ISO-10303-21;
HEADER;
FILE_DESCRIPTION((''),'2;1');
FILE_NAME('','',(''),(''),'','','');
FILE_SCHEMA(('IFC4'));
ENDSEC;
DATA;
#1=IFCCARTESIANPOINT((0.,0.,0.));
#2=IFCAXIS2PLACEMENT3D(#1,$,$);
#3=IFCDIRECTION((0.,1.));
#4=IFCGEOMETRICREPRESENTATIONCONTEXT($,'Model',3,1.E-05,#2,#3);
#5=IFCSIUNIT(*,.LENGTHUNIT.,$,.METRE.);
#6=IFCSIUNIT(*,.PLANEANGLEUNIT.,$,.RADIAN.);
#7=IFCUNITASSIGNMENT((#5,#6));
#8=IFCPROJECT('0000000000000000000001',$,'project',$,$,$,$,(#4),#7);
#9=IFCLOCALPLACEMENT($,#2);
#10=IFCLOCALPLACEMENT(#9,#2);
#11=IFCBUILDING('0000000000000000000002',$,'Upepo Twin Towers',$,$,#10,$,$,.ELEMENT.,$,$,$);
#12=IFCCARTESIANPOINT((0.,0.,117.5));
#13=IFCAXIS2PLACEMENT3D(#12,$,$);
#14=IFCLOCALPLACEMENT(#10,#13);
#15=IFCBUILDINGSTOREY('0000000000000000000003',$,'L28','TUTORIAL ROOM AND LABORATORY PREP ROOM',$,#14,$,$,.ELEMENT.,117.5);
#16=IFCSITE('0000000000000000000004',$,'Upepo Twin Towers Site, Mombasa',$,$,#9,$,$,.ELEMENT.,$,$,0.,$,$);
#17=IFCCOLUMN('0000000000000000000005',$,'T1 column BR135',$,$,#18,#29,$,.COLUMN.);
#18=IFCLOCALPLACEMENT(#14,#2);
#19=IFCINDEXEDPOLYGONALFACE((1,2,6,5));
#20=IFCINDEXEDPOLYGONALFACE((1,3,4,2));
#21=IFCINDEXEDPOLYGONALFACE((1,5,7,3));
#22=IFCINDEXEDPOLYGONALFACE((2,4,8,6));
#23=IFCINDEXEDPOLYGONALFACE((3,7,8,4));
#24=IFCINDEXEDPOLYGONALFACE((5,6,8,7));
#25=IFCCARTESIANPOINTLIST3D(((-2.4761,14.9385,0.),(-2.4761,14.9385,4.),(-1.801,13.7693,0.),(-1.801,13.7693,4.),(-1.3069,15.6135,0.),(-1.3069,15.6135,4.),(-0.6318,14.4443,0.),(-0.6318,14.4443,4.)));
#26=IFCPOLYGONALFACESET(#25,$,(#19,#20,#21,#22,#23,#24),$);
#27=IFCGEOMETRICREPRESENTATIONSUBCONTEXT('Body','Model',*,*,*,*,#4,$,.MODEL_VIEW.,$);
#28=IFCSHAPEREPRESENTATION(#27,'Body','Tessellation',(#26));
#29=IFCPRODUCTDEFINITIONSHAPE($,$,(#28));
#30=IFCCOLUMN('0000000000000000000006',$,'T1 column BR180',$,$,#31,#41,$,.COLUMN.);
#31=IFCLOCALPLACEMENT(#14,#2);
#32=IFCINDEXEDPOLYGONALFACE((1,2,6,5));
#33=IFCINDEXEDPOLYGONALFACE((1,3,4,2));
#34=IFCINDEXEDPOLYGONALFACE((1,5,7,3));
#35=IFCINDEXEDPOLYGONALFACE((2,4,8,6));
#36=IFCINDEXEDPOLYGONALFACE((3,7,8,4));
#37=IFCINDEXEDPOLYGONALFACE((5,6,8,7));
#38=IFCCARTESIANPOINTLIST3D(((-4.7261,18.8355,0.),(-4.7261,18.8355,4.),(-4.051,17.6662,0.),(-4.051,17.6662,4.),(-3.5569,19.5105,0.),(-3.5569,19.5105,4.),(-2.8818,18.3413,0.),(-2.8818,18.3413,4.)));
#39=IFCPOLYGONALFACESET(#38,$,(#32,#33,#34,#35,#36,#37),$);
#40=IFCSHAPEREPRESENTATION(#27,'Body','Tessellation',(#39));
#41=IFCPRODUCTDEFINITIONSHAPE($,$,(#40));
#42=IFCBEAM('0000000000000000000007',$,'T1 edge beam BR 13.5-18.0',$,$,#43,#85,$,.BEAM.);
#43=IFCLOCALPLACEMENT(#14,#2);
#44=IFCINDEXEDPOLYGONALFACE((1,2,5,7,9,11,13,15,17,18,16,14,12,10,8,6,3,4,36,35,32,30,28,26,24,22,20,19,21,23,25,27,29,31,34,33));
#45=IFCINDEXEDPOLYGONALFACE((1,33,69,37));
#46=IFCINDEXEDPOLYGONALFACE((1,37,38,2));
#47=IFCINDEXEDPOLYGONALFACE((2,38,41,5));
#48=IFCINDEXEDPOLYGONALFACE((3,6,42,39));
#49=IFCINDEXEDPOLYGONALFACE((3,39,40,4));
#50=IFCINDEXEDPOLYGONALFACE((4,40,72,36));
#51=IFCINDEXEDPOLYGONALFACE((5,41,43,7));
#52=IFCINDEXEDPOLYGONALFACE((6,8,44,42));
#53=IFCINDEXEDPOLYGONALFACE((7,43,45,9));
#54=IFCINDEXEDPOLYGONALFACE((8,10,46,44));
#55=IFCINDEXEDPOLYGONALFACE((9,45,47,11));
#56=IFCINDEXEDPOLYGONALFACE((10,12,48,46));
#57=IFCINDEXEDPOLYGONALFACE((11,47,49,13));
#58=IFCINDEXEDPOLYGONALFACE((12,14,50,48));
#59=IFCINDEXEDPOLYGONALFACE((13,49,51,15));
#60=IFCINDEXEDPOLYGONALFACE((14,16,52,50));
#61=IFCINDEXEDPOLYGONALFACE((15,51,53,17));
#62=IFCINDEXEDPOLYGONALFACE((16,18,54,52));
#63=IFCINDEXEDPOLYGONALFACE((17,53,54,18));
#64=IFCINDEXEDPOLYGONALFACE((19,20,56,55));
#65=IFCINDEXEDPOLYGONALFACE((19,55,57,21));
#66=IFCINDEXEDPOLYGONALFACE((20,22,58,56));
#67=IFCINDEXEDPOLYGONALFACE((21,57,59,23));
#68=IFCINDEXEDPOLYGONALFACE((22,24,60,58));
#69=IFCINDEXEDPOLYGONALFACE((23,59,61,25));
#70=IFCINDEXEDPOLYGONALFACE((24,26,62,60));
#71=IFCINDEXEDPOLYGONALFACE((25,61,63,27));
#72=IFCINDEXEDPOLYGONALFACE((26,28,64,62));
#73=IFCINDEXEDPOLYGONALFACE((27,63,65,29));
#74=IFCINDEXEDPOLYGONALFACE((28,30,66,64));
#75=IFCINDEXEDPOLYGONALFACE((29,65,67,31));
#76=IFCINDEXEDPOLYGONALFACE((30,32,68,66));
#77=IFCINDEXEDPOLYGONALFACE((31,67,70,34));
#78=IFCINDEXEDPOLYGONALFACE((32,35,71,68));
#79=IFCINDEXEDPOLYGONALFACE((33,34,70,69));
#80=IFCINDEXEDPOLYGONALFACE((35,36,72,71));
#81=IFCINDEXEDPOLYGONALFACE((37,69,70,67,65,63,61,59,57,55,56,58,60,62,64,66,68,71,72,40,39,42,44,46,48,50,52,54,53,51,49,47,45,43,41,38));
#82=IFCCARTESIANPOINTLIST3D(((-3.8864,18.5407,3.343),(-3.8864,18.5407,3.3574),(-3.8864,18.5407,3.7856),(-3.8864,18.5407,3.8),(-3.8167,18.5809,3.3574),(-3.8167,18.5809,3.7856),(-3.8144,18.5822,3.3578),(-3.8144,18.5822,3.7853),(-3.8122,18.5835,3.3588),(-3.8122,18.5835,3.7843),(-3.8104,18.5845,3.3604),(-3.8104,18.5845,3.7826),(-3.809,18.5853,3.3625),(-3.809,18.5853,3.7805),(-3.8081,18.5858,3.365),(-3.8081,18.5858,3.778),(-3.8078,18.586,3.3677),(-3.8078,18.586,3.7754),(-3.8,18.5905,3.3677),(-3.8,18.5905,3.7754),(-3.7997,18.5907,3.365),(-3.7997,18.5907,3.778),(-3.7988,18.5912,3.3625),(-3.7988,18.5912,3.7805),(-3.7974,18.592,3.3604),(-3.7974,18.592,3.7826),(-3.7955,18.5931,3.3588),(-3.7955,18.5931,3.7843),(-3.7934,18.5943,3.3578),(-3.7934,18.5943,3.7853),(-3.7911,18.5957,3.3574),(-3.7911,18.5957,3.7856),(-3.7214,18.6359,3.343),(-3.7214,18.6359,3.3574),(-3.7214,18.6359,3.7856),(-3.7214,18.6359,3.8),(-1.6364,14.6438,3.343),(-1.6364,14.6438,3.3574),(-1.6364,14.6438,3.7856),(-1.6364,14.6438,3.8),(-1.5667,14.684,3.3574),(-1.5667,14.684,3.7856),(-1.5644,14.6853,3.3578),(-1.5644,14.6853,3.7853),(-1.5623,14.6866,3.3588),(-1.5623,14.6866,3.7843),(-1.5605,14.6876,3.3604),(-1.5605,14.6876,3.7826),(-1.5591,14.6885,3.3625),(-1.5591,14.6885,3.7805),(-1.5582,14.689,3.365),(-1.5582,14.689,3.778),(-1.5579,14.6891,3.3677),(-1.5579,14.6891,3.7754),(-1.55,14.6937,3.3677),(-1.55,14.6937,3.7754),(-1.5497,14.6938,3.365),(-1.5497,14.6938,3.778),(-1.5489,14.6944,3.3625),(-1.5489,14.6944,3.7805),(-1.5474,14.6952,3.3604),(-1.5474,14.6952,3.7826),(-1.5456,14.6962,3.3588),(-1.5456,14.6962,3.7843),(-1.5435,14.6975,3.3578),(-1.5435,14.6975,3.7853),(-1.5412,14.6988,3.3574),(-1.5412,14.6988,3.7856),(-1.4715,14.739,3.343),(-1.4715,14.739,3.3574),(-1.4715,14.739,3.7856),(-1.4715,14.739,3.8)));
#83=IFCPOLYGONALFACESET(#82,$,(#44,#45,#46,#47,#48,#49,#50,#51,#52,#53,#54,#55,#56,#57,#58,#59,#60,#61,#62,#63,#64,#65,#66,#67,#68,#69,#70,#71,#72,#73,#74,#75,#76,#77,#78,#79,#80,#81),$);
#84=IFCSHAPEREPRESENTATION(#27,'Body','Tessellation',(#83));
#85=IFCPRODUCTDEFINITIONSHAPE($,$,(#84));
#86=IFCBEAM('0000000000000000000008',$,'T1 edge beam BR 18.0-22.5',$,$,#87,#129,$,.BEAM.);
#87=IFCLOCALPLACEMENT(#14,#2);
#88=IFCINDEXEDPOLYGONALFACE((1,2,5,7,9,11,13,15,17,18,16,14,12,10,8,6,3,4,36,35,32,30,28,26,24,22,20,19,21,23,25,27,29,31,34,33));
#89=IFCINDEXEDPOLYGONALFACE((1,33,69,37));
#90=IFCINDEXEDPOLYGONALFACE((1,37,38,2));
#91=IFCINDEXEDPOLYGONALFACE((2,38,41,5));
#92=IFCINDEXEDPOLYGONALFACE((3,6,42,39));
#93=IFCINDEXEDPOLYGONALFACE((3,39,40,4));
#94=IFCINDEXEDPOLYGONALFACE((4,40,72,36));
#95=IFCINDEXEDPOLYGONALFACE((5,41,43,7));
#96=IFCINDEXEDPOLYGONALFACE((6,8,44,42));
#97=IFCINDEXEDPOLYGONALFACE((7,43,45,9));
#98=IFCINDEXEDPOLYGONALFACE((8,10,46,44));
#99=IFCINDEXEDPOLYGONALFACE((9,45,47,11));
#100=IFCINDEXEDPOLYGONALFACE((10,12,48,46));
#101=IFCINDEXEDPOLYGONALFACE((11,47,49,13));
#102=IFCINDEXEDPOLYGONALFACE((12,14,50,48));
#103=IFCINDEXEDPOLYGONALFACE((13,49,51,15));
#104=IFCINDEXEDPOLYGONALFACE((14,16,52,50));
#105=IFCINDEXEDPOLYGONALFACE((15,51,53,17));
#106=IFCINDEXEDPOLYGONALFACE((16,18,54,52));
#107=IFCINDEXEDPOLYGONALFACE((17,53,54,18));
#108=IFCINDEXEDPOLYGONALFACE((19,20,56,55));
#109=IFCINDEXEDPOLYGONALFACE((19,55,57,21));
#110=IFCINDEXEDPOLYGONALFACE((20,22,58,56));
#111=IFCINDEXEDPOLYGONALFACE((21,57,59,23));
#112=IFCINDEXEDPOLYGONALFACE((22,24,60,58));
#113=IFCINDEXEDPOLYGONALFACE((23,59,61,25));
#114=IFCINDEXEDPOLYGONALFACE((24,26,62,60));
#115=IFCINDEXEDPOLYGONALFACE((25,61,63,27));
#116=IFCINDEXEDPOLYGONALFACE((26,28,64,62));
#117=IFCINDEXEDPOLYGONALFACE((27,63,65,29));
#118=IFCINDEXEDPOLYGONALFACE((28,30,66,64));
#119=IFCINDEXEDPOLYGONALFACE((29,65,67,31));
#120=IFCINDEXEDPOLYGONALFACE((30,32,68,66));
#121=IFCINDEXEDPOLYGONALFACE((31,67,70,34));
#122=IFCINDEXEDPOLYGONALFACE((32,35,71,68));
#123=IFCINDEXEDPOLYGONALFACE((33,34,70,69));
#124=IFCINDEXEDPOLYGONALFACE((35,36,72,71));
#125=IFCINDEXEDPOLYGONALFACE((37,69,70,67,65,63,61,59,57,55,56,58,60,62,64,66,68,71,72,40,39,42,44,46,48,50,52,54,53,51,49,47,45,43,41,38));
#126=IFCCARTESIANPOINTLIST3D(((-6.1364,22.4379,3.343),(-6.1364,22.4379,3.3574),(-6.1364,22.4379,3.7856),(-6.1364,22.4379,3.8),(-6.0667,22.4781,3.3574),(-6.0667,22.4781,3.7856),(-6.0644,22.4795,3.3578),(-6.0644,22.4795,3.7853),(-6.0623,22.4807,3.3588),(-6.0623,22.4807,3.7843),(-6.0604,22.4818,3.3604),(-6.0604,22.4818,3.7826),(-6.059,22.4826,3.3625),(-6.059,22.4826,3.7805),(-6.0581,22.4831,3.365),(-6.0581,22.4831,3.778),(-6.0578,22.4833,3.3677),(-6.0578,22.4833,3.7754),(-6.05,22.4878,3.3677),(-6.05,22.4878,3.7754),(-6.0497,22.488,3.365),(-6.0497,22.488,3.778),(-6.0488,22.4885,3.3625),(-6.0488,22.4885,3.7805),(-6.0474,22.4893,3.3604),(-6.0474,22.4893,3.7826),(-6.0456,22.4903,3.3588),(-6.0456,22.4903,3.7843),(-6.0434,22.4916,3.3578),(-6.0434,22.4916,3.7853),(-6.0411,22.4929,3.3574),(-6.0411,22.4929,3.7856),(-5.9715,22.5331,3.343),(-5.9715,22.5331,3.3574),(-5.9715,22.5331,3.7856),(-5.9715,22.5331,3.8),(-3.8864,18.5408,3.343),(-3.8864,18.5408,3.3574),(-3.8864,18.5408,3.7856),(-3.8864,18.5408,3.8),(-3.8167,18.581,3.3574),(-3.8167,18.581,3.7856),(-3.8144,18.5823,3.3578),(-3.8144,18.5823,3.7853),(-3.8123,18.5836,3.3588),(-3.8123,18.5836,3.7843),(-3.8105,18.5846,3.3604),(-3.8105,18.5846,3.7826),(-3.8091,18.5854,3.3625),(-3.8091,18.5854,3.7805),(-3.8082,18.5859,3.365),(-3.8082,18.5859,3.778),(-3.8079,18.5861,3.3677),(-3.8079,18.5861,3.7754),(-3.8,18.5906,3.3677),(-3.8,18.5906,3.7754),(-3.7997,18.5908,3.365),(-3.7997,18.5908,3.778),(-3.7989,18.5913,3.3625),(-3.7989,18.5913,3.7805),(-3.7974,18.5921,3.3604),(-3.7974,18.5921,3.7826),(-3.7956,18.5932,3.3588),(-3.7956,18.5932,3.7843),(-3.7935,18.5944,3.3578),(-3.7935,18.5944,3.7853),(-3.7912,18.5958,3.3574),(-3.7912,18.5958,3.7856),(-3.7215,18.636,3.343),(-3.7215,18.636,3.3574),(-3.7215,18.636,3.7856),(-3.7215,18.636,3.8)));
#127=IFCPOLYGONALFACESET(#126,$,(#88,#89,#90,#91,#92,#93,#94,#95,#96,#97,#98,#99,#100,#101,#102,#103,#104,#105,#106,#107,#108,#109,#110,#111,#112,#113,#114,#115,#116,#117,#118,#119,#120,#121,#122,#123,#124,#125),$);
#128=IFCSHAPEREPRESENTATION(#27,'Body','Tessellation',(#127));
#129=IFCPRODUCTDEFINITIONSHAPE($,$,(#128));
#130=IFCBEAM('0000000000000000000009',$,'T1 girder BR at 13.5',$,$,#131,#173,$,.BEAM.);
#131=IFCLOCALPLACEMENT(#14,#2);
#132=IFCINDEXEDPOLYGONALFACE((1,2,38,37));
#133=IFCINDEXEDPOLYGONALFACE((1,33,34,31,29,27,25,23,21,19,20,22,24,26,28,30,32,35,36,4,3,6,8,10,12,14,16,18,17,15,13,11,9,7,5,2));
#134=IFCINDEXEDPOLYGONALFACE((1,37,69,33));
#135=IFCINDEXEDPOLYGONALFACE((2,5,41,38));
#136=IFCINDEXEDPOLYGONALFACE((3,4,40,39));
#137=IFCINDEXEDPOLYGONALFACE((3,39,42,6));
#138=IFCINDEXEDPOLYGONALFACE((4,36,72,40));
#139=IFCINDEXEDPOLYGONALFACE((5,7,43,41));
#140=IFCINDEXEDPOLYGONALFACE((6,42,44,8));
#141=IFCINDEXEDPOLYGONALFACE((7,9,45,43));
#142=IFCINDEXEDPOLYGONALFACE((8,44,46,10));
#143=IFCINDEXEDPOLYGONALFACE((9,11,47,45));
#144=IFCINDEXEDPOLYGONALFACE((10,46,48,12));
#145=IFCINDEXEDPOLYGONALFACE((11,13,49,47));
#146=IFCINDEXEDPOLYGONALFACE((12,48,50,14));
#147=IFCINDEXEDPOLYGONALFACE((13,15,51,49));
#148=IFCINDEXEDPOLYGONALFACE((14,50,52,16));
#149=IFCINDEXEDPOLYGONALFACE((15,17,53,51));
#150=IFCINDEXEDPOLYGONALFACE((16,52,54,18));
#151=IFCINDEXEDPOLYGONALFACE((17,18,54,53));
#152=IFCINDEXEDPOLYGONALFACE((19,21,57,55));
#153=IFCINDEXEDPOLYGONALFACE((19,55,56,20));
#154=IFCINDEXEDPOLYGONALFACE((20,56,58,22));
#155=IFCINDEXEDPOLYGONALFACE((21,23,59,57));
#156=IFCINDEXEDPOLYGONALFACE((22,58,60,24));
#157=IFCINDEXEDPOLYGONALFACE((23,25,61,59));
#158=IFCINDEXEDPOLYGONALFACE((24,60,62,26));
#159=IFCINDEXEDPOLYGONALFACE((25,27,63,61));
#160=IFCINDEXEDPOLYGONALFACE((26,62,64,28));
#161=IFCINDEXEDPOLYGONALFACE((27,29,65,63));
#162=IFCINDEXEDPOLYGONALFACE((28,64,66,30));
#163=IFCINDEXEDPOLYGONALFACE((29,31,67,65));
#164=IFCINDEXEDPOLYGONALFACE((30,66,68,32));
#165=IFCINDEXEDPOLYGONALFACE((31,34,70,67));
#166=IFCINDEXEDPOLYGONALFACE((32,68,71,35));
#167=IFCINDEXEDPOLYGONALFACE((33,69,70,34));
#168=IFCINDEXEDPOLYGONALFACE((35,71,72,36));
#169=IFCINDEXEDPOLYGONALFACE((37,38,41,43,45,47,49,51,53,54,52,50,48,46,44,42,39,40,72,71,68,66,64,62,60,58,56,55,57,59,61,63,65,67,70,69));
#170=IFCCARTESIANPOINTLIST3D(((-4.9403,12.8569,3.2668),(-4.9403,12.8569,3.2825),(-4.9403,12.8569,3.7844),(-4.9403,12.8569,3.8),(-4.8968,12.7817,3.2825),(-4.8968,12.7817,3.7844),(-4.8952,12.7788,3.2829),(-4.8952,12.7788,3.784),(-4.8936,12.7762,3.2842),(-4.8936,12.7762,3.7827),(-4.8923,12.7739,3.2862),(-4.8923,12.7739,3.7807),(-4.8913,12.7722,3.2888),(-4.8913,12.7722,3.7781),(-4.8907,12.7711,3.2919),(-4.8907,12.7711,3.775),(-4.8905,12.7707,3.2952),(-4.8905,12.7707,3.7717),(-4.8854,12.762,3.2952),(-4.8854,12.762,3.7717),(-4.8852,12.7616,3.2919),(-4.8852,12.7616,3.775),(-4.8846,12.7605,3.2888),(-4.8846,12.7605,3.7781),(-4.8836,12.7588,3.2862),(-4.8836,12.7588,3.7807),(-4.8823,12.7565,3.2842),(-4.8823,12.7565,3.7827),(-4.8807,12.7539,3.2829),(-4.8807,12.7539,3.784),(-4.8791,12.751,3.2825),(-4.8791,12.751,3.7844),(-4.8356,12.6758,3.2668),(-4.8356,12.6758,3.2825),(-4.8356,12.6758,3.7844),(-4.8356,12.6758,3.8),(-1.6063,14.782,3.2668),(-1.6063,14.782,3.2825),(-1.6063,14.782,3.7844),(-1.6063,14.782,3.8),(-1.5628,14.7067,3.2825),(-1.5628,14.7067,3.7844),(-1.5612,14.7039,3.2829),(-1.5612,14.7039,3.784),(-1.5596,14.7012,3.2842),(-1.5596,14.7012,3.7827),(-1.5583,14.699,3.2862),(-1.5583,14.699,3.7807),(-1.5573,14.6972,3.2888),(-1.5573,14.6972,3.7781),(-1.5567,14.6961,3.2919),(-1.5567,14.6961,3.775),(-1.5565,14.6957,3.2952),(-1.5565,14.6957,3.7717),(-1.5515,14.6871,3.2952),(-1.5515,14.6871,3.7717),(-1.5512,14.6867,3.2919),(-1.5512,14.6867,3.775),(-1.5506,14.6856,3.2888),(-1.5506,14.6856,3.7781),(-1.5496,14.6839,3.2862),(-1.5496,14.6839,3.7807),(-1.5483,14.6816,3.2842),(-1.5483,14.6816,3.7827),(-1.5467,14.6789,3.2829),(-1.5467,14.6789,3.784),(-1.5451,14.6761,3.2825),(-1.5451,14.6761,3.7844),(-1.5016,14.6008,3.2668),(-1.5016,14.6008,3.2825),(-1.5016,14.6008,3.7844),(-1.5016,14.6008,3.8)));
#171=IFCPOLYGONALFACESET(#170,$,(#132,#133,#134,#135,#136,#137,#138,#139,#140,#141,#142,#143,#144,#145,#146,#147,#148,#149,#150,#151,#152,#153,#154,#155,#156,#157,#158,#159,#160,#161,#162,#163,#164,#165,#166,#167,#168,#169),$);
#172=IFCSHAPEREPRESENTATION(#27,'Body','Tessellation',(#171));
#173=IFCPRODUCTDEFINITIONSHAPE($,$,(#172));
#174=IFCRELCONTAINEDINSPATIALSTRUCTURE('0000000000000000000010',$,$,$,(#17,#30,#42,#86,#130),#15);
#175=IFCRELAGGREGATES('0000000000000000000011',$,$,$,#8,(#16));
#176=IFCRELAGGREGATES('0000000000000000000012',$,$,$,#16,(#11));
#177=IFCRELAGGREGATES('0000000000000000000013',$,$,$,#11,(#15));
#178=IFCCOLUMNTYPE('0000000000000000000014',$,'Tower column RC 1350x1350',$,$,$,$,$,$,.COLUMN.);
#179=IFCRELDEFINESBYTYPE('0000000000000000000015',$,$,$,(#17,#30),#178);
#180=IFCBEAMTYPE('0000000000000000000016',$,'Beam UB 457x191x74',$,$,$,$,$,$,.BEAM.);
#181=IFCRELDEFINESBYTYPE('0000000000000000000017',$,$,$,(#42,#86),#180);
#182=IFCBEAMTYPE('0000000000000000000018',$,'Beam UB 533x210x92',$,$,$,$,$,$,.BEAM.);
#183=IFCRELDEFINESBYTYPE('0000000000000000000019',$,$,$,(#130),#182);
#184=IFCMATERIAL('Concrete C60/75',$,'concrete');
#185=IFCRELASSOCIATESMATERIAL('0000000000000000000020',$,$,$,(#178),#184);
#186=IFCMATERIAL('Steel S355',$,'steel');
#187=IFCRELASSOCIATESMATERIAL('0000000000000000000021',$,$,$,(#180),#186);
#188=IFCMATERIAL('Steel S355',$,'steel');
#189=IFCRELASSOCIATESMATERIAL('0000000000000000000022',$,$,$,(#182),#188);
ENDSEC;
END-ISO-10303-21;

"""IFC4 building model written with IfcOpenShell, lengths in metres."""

from ifc_helpers import new_model, si_unit, direction, frame, origin, origin_2d, place, context, subcontext, project, spatial, rectangle, i_section, extrude, material, material_profile, profile_set, type_object, element, save


model = new_model("IFC4")

# Units and contexts
model_context = context("Model", 3, precision=1e-05, world=origin(), true_north=direction((0.0, 1.0)))
body_context = subcontext(model_context, "Body", "Model", "MODEL_VIEW")
ifc_project = project(units=[si_unit("LENGTHUNIT", "METRE"), si_unit("PLANEANGLEUNIT", "RADIAN")], contexts=[model_context])

# Site, building, storey
site_placement = place(None, origin())
site = spatial("IfcSite", under=ifc_project, at=site_placement, Name="Upepo Twin Towers Site, Mombasa", CompositionType="ELEMENT", RefElevation=0.0)
building_placement = place(site_placement, origin())
building = spatial("IfcBuilding", under=site, at=building_placement, Name="Upepo Twin Towers", CompositionType="ELEMENT")
storey_placement = place(building_placement, frame((0.0, 0.0, 117.5)))
storey = spatial("IfcBuildingStorey", under=building, at=storey_placement, Name="L28", Description="TUTORIAL ROOM AND LABORATORY PREP ROOM", CompositionType="ELEMENT", Elevation=117.5)

# Columns
ifc_material_1 = material(Name="Concrete C60/75", Category="concrete")
ifc_material_profile_1 = material_profile(ifc_material_1, rectangle(XDim=1.3501, YDim=1.3501, at=origin_2d()), Name="RC 1350x1350")
ifc_profile_set_1 = profile_set([ifc_material_profile_1], Name="Concrete C60/75")
column_type = type_object("IfcColumnType", Name="Tower column RC 1350x1350", PredefinedType="COLUMN", material=ifc_profile_set_1)
for number, where, z_axis, x_axis, name in (
    (1, (-1.554, 14.6914, 0.0), (0.0, 0.0, 1.0), (0.866025, 0.5, 0.0), "T1 column BR135"),
    (2, (-3.804, 18.5884, 0.0), (0.0, 0.0, 1.0), (0.866025, 0.5, 0.0), "T1 column BR180"),
):
    element("IfcColumn", number, at=place(storey_placement, frame(where, z_axis=z_axis, x_axis=x_axis)), inside=storey, type_object=column_type, Name=name, PredefinedType="COLUMN", context=body_context, shape_type="SweptSolid", body=[
        extrude(rectangle(XDim=1.3501, YDim=1.3501, at=origin_2d()), origin(), (0.0, 0.0, 1.0), 4.0),
    ])

# Beams
ifc_material_2 = material(Name="Steel S355", Category="steel")
ifc_material_profile_2 = material_profile(ifc_material_2, i_section(OverallWidth=0.1904, OverallDepth=0.457, WebThickness=0.009, FlangeThickness=0.0144, FilletRadius=0.0103, at=origin_2d()), Name="UB 457x191x74")
ifc_profile_set_2 = profile_set([ifc_material_profile_2], Name="Steel S355")
beam_type_1 = type_object("IfcBeamType", Name="Beam UB 457x191x74", PredefinedType="BEAM", material=ifc_profile_set_2)
beam_1_placement = place(storey_placement, frame((-1.554, 14.6914, 3.5715), z_axis=(-0.500014, 0.866018, 0.0), x_axis=(-0.866018, -0.500014, 0.0)))
element("IfcBeam", 3, at=beam_1_placement, inside=storey, type_object=beam_type_1, Name="T1 edge beam BR 13.5-18.0", PredefinedType="BEAM", context=body_context, shape_type="SweptSolid", body=[
    extrude(i_section(OverallWidth=0.1904, OverallDepth=0.457, WebThickness=0.009, FlangeThickness=0.0144, FilletRadius=0.0103, at=origin_2d()), origin(), (0.0, 0.0, 1.0), 4.4998),
])
beam_2_placement = place(storey_placement, frame((-3.804, 18.5884, 3.5715), z_axis=(-0.49999, 0.866031, 0.0), x_axis=(-0.866031, -0.49999, 0.0)))
element("IfcBeam", 4, at=beam_2_placement, inside=storey, type_object=beam_type_1, Name="T1 edge beam BR 18.0-22.5", PredefinedType="BEAM", context=body_context, shape_type="SweptSolid", body=[
    extrude(i_section(OverallWidth=0.1904, OverallDepth=0.457, WebThickness=0.009, FlangeThickness=0.0144, FilletRadius=0.0103, at=origin_2d()), origin(), (0.0, 0.0, 1.0), 4.5),
])
ifc_material_3 = material(Name="Steel S355", Category="steel")
ifc_material_profile_3 = material_profile(ifc_material_3, i_section(OverallWidth=0.2092, OverallDepth=0.5332, WebThickness=0.01, FlangeThickness=0.0156, FilletRadius=0.0127, at=origin_2d()), Name="UB 533x210x92")
ifc_profile_set_3 = profile_set([ifc_material_profile_3], Name="Steel S355")
beam_type_2 = type_object("IfcBeamType", Name="Beam UB 533x210x92", PredefinedType="BEAM", material=ifc_profile_set_3)
beam_3_placement = place(storey_placement, frame((-1.554, 14.6914, 3.5334), z_axis=(-0.866006, -0.500034, 0.0), x_axis=(0.500034, -0.866006, 0.0)))
element("IfcBeam", 5, at=beam_3_placement, inside=storey, type_object=beam_type_2, Name="T1 girder BR at 13.5", PredefinedType="BEAM", context=body_context, shape_type="SweptSolid", body=[
    extrude(i_section(OverallWidth=0.2092, OverallDepth=0.5332, WebThickness=0.01, FlangeThickness=0.0156, FilletRadius=0.0127, at=origin_2d()), origin(), (0.0, 0.0, 1.0), 3.8499),
])

save(model, "model.ifc")
